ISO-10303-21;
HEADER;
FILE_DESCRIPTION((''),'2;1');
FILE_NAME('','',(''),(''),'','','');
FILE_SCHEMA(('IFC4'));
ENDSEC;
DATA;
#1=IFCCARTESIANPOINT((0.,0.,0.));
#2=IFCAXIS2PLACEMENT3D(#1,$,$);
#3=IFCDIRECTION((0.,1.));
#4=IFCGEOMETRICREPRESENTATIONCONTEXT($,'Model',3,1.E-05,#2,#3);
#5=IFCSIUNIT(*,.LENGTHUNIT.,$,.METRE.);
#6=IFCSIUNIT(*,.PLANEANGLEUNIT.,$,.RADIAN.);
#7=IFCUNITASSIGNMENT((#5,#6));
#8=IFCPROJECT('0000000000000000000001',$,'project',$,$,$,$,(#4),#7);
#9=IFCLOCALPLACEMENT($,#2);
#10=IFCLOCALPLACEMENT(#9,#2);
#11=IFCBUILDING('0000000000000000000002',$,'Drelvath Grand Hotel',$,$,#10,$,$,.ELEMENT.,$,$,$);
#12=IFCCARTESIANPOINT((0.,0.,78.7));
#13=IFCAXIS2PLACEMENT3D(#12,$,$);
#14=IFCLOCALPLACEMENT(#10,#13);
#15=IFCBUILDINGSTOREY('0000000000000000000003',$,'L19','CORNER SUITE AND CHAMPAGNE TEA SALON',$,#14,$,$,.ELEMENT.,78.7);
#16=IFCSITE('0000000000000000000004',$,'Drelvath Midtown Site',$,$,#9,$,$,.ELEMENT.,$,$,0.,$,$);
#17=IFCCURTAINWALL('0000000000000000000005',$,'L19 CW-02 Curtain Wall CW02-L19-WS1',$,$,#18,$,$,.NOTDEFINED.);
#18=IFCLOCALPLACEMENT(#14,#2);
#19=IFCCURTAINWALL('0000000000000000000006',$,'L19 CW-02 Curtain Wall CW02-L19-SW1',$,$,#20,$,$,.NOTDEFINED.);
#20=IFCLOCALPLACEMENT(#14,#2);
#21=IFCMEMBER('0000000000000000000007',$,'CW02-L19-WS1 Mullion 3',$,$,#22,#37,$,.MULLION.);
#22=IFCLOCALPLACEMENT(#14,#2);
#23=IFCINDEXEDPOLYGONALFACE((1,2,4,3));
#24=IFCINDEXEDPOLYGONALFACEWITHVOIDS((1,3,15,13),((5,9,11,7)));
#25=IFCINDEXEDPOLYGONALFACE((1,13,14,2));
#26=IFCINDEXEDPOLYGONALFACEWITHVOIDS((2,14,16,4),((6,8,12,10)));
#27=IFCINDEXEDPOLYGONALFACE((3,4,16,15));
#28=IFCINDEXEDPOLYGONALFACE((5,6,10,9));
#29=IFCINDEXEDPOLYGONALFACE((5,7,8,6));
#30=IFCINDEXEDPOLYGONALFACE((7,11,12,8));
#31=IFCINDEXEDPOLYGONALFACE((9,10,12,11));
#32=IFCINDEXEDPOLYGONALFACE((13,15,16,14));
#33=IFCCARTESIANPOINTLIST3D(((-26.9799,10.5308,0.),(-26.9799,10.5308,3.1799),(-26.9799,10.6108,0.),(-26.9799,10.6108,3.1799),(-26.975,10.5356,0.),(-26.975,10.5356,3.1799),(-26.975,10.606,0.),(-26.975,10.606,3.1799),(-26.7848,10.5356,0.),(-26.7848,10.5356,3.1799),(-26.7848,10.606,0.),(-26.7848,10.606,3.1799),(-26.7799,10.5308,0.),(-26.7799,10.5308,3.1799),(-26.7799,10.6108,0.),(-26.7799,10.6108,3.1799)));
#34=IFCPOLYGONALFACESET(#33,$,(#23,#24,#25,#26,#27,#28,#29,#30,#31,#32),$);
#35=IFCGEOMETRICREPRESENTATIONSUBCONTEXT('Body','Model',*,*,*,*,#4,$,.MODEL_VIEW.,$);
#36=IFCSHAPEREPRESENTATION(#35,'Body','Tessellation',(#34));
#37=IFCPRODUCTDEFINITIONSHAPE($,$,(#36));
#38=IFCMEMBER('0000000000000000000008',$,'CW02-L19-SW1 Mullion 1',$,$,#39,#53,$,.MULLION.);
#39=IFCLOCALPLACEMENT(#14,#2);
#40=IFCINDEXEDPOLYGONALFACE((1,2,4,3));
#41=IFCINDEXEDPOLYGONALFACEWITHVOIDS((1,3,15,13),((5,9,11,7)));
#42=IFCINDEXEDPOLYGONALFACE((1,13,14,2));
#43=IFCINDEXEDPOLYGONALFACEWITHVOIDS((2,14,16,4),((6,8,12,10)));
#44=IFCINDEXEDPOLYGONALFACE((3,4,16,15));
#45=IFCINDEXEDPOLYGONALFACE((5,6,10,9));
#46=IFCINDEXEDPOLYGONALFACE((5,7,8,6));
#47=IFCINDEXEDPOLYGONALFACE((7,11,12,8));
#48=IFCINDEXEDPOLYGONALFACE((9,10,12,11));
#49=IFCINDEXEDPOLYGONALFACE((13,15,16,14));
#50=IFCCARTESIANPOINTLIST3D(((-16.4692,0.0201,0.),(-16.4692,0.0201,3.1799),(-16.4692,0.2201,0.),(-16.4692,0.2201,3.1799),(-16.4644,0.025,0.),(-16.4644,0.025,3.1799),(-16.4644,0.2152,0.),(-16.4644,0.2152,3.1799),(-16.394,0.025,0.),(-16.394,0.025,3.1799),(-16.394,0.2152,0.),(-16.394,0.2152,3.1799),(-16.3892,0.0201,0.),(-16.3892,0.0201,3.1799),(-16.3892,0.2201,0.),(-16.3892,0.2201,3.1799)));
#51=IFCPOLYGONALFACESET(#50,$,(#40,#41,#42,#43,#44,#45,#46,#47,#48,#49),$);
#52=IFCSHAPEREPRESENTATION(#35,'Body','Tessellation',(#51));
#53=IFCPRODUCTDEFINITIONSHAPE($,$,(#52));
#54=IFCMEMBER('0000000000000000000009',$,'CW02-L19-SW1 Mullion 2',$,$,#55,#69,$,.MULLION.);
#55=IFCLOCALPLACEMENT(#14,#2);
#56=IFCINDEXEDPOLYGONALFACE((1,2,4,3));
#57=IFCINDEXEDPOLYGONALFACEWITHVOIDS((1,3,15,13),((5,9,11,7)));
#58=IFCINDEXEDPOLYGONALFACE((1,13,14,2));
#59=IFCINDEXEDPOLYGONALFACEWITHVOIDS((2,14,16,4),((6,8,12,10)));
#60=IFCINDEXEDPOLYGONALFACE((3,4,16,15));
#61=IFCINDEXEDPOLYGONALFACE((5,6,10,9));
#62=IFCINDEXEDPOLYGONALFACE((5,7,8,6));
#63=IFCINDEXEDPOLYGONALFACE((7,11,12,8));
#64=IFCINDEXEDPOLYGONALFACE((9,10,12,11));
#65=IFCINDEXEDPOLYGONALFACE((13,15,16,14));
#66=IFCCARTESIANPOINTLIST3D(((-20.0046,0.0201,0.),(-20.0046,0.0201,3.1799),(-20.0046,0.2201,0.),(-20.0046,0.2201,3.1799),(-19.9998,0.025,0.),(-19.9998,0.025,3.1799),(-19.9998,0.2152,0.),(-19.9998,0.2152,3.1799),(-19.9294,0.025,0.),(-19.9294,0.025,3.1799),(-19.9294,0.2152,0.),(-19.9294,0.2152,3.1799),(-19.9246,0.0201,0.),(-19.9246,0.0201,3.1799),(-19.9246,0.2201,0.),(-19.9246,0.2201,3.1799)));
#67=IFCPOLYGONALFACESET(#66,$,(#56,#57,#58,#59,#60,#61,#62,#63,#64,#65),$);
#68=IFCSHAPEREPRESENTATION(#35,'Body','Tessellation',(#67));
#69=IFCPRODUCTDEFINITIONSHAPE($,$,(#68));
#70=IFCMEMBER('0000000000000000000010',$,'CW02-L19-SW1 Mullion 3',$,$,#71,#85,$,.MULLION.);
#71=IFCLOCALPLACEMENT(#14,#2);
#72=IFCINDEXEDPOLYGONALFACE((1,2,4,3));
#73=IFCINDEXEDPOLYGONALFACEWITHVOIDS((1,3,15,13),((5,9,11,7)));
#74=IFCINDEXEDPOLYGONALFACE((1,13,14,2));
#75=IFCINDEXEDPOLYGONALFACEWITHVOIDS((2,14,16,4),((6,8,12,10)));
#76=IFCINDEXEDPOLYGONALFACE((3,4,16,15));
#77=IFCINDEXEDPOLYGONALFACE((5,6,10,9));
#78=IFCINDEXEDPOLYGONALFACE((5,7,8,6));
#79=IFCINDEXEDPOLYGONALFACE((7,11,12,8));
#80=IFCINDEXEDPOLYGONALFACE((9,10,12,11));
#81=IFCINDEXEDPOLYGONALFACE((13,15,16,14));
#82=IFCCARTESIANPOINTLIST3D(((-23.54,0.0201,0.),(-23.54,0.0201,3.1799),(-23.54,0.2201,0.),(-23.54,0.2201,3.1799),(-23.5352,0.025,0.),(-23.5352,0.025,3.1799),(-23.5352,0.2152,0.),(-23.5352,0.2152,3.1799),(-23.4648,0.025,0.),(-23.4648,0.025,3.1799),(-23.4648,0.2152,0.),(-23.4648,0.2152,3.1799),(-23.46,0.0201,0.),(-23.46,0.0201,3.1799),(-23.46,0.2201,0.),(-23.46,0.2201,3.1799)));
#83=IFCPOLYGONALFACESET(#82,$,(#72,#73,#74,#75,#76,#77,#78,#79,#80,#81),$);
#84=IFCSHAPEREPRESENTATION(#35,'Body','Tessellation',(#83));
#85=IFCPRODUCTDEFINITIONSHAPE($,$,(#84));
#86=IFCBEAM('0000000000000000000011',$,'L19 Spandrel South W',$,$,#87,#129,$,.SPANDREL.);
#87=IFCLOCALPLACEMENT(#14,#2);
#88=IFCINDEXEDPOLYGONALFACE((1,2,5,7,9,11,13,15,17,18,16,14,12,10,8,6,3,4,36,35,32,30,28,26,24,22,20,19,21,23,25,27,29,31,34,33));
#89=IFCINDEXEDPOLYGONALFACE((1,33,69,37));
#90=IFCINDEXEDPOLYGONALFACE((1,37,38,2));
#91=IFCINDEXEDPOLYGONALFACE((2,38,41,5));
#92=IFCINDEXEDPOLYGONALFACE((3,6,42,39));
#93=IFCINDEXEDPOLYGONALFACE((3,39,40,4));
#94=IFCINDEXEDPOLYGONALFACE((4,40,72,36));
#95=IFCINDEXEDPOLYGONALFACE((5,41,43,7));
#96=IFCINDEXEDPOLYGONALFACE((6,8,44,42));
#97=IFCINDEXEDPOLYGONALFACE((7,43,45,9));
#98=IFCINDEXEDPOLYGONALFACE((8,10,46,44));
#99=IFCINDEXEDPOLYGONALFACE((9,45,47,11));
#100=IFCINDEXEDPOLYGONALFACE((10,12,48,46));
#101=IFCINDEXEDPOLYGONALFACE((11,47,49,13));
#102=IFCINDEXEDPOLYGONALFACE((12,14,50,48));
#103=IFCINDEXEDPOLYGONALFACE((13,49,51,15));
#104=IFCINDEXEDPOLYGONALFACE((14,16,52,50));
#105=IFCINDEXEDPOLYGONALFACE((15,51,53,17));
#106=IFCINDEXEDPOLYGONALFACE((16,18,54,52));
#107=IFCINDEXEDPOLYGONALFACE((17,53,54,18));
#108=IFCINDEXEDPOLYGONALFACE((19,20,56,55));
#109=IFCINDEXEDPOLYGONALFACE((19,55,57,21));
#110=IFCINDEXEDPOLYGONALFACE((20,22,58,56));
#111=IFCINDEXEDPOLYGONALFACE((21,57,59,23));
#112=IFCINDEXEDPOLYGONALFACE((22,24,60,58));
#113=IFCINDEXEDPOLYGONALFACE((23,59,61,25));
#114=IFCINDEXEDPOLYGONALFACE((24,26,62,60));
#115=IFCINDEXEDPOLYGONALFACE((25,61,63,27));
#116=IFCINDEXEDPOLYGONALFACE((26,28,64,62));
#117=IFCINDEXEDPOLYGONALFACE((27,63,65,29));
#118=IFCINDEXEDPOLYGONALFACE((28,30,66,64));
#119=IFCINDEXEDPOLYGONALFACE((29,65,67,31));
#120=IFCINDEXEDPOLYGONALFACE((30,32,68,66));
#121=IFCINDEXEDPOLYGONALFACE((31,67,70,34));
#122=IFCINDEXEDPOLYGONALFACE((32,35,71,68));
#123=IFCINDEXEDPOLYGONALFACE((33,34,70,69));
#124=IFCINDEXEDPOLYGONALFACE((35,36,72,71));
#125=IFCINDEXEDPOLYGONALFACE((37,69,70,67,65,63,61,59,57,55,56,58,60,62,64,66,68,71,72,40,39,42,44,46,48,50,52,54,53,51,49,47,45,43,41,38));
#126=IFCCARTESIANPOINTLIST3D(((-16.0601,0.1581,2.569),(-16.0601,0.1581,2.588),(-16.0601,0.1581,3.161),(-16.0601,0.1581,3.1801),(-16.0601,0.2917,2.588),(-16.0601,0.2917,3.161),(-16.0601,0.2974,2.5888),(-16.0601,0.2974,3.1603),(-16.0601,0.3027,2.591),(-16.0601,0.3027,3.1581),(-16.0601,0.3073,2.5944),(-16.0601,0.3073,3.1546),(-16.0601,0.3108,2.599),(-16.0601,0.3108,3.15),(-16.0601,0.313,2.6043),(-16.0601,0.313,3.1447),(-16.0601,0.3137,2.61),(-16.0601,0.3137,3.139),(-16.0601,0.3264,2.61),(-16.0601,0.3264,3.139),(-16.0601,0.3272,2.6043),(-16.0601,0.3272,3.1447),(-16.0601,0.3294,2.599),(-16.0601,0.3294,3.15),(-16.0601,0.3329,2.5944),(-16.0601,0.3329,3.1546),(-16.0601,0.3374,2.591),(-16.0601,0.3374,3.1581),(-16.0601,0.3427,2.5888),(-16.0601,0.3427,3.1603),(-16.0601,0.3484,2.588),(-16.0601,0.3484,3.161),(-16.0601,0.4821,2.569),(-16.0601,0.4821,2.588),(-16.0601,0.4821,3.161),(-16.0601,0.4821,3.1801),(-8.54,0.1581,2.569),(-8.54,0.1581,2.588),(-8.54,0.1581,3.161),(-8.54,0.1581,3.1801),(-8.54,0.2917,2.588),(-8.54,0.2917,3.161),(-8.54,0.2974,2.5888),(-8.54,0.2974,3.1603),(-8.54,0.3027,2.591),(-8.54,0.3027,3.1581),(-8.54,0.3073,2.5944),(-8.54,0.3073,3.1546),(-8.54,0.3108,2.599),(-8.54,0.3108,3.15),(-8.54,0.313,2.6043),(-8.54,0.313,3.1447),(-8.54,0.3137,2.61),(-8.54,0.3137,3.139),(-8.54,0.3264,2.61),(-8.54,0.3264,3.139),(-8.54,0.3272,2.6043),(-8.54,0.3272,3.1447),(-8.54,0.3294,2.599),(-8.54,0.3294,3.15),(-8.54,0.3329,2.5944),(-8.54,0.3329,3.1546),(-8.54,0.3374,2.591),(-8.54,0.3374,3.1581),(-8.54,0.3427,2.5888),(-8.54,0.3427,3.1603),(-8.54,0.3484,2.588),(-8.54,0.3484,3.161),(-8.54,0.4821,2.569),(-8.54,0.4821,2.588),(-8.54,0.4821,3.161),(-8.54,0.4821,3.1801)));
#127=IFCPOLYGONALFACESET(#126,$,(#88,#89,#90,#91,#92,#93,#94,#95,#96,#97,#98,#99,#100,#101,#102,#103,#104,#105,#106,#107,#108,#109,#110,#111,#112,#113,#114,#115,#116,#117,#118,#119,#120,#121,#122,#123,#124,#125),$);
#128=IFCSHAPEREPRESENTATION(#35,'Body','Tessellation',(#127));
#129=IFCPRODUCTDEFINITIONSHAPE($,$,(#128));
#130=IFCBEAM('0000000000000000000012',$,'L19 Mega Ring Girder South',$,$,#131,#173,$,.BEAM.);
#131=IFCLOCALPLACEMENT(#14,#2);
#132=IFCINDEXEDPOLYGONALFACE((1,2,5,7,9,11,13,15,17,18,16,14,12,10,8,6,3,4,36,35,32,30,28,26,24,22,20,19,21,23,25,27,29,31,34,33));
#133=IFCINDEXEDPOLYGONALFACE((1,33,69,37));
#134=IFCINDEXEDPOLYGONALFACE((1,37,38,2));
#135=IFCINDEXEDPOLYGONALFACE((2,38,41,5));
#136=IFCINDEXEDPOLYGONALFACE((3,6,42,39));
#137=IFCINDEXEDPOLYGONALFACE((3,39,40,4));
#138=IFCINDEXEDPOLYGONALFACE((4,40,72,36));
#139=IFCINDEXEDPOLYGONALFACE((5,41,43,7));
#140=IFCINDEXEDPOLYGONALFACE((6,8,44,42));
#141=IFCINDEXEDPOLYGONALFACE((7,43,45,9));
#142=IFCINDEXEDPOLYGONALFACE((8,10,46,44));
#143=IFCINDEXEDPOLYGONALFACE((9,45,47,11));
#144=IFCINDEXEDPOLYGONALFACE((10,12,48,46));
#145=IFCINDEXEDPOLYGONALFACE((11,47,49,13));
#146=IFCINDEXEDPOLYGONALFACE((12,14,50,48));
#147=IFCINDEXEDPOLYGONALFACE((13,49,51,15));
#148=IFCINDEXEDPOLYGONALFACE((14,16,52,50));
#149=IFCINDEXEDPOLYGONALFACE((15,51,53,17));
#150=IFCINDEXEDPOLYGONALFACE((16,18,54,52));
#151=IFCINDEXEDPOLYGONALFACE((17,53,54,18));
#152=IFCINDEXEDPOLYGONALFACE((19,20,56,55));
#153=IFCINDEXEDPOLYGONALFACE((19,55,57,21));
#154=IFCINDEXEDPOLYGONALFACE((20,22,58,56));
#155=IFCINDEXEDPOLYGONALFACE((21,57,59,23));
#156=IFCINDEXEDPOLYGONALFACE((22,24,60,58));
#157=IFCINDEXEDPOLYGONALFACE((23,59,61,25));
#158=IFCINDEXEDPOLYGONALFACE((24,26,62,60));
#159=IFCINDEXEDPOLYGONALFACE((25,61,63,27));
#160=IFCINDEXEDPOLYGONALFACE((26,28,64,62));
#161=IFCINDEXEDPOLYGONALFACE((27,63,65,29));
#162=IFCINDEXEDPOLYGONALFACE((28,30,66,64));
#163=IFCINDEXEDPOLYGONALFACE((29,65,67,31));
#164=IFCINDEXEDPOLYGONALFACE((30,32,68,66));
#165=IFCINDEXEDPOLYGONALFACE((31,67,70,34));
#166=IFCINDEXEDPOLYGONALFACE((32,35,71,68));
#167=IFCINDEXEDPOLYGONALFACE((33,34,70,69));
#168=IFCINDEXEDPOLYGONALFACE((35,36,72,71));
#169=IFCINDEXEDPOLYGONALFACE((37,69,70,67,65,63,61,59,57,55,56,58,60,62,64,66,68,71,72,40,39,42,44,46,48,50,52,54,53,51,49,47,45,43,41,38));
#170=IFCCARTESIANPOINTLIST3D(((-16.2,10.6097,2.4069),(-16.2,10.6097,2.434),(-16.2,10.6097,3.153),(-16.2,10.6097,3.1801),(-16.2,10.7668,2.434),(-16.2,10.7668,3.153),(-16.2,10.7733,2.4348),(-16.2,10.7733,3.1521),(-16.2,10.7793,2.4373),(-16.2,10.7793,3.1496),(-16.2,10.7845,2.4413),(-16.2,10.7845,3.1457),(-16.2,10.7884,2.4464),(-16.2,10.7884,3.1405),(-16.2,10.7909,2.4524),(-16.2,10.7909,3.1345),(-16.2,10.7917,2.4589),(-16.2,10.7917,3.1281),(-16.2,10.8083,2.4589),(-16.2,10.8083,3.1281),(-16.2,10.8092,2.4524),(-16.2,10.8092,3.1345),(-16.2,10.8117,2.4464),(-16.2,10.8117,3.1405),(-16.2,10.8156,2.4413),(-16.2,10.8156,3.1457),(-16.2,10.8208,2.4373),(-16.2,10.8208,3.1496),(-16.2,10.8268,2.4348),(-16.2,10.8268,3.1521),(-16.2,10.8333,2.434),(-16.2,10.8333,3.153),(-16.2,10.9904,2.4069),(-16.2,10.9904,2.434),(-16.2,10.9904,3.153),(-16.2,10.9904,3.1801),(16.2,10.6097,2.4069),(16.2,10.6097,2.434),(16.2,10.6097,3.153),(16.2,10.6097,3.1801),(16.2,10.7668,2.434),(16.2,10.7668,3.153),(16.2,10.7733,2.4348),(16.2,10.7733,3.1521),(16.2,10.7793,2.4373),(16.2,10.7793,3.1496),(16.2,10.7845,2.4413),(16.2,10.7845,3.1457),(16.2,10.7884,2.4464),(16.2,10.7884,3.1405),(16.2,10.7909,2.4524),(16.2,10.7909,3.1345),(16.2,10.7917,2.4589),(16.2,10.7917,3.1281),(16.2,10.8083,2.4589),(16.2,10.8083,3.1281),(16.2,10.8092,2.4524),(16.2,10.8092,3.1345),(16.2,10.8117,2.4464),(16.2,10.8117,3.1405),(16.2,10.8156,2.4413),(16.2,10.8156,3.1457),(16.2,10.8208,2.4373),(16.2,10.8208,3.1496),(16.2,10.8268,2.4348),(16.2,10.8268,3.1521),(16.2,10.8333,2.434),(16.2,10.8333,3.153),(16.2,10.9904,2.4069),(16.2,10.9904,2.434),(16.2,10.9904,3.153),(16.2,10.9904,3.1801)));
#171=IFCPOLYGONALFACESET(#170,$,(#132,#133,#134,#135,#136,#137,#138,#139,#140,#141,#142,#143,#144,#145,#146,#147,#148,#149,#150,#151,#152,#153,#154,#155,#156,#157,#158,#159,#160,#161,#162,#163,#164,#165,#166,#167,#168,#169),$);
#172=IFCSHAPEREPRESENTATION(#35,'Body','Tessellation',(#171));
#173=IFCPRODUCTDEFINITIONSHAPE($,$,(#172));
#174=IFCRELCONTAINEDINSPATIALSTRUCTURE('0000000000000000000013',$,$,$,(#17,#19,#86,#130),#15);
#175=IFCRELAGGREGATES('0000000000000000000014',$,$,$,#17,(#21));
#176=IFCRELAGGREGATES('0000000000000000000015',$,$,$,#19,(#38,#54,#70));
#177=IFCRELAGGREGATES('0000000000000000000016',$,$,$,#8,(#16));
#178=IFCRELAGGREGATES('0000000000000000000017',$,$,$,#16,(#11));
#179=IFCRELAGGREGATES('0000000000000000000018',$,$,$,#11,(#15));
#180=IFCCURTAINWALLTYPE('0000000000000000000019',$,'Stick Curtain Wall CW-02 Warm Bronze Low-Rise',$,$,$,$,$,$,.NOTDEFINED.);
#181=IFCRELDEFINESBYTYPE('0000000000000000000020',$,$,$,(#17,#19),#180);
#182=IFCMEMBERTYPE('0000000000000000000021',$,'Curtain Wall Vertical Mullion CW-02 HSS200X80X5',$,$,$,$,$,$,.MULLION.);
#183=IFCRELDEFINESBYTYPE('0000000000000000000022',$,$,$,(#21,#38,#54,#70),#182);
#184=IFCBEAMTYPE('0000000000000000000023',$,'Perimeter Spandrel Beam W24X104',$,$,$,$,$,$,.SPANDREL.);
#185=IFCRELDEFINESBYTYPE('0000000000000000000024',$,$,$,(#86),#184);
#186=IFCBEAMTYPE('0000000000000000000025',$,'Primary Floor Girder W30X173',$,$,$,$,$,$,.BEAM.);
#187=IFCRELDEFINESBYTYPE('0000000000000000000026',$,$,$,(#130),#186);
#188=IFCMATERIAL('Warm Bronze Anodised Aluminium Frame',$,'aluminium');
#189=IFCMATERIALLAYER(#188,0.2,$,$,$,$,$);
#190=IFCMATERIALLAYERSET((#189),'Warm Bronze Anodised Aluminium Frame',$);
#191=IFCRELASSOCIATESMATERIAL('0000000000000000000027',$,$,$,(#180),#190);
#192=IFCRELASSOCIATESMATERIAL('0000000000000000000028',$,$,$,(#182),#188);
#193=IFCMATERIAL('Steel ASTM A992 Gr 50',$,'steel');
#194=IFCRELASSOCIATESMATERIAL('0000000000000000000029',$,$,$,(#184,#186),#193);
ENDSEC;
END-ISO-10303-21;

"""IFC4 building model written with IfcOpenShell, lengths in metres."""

from ifc_helpers import new_model, si_unit, direction, frame, origin, origin_2d, place, context, subcontext, project, spatial, hollow_rectangle, i_section, extrude, material, layer, layer_set, material_profile, profile_set, type_object, element, aggregate, save


model = new_model("IFC4")

# Units and contexts
model_context = context("Model", 3, precision=1e-05, world=origin(), true_north=direction((0.0, 1.0)))
body_context = subcontext(model_context, "Body", "Model", "MODEL_VIEW")
ifc_project = project(units=[si_unit("LENGTHUNIT", "METRE"), si_unit("PLANEANGLEUNIT", "RADIAN")], contexts=[model_context])

# Site, building, storey
site_placement = place(None, origin())
site = spatial("IfcSite", under=ifc_project, at=site_placement, Name="Drelvath Midtown Site", CompositionType="ELEMENT", RefElevation=0.0)
building_placement = place(site_placement, origin())
building = spatial("IfcBuilding", under=site, at=building_placement, Name="Drelvath Grand Hotel", CompositionType="ELEMENT")
storey_placement = place(building_placement, frame((0.0, 0.0, 78.7)))
storey = spatial("IfcBuildingStorey", under=building, at=storey_placement, Name="L19", Description="CORNER SUITE AND CHAMPAGNE TEA SALON", CompositionType="ELEMENT", Elevation=78.7)

# Curtain walls
ifc_material_1 = material(Name="Warm Bronze Anodised Aluminium Frame", Category="aluminium")
ifc_layer_1 = layer(ifc_material_1, 0.2)
ifc_layer_set_1 = layer_set([ifc_layer_1], Name="Warm Bronze Anodised Aluminium Frame")
curtain_wall_type = type_object("IfcCurtainWallType", Name="Stick Curtain Wall CW-02 Warm Bronze Low-Rise", PredefinedType="NOTDEFINED", material=ifc_layer_set_1)
curtain_wall_1_placement = place(storey_placement, origin())
curtain_wall_1 = element("IfcCurtainWall", 1, at=curtain_wall_1_placement, inside=storey, type_object=curtain_wall_type, Name="L19 CW-02 Curtain Wall CW02-L19-WS1", PredefinedType="NOTDEFINED")
curtain_wall_2_placement = place(storey_placement, origin())
curtain_wall_2 = element("IfcCurtainWall", 2, at=curtain_wall_2_placement, inside=storey, type_object=curtain_wall_type, Name="L19 CW-02 Curtain Wall CW02-L19-SW1", PredefinedType="NOTDEFINED")

# Members
ifc_material_profile_1 = material_profile(ifc_material_1, hollow_rectangle(XDim=0.0801, YDim=0.2, WallThickness=0.0049, at=origin_2d()), Name="HSS200X80X5")
ifc_profile_set_1 = profile_set([ifc_material_profile_1], Name="Warm Bronze Anodised Aluminium Frame")
member_type_1 = type_object("IfcMemberType", Name="Curtain Wall Vertical Mullion CW-02 HSS200X80X5", PredefinedType="MULLION", material=ifc_profile_set_1)
member_1_placement = place(storey_placement, frame((-26.8799, 10.5708, 0.0), z_axis=(0.0, 0.0, 1.0), x_axis=(0.0, 1.0, 0.0)))
member_1 = element("IfcMember", 3, at=member_1_placement, type_object=member_type_1, Name="CW02-L19-WS1 Mullion 3", PredefinedType="MULLION", context=body_context, shape_type="SweptSolid", body=[
    extrude(hollow_rectangle(XDim=0.0801, YDim=0.2, WallThickness=0.0049, at=origin_2d()), origin(), (0.0, 0.0, 1.0), 3.1799),
])
member_2_placement = place(storey_placement, frame((-16.4292, 0.1201, 0.0), z_axis=(0.0, 0.0, 1.0), x_axis=(1.0, 0.0, 0.0)))
member_2 = element("IfcMember", 4, at=member_2_placement, type_object=member_type_1, Name="CW02-L19-SW1 Mullion 1", PredefinedType="MULLION", context=body_context, shape_type="SweptSolid", body=[
    extrude(hollow_rectangle(XDim=0.0801, YDim=0.2, WallThickness=0.0049, at=origin_2d()), origin(), (0.0, 0.0, 1.0), 3.1799),
])
member_3_placement = place(storey_placement, frame((-19.9646, 0.1201, 0.0), z_axis=(0.0, 0.0, 1.0), x_axis=(1.0, 0.0, 0.0)))
member_3 = element("IfcMember", 5, at=member_3_placement, type_object=member_type_1, Name="CW02-L19-SW1 Mullion 2", PredefinedType="MULLION", context=body_context, shape_type="SweptSolid", body=[
    extrude(hollow_rectangle(XDim=0.0801, YDim=0.2, WallThickness=0.0049, at=origin_2d()), origin(), (0.0, 0.0, 1.0), 3.1799),
])
member_4_placement = place(storey_placement, frame((-23.5, 0.1201, 0.0), z_axis=(0.0, 0.0, 1.0), x_axis=(1.0, 0.0, 0.0)))
member_4 = element("IfcMember", 6, at=member_4_placement, type_object=member_type_1, Name="CW02-L19-SW1 Mullion 3", PredefinedType="MULLION", context=body_context, shape_type="SweptSolid", body=[
    extrude(hollow_rectangle(XDim=0.0801, YDim=0.2, WallThickness=0.0049, at=origin_2d()), origin(), (0.0, 0.0, 1.0), 3.1799),
])

# Beams
ifc_material_2 = material(Name="Steel ASTM A992 Gr 50", Category="steel")
ifc_material_profile_2 = material_profile(ifc_material_2, i_section(OverallWidth=0.324, OverallDepth=0.6111, WebThickness=0.0127, FlangeThickness=0.019, FilletRadius=0.022, at=origin_2d()), Name="W24X104")
ifc_profile_set_2 = profile_set([ifc_material_profile_2], Name="Steel ASTM A992 Gr 50")
beam_type_1 = type_object("IfcBeamType", Name="Perimeter Spandrel Beam W24X104", PredefinedType="SPANDREL", material=ifc_profile_set_2)
beam_placement = place(storey_placement, frame((-16.0601, 0.3201, 2.8745), z_axis=(1.0, 0.0, 0.0), x_axis=(0.0, 1.0, 0.0)))
element("IfcBeam", 7, at=beam_placement, inside=storey, type_object=beam_type_1, Name="L19 Spandrel South W", PredefinedType="SPANDREL", context=body_context, shape_type="SweptSolid", body=[
    extrude(i_section(OverallWidth=0.324, OverallDepth=0.6111, WebThickness=0.0127, FlangeThickness=0.019, FilletRadius=0.022, at=origin_2d()), origin(), (0.0, 0.0, 1.0), 7.52),
])
ifc_material_profile_3 = material_profile(ifc_material_2, i_section(OverallWidth=0.3806, OverallDepth=0.7732, WebThickness=0.0166, FlangeThickness=0.0271, FilletRadius=0.0249, at=origin_2d()), Name="W30X173")
ifc_profile_set_3 = profile_set([ifc_material_profile_3], Name="Steel ASTM A992 Gr 50")
beam_type_2 = type_object("IfcBeamType", Name="Primary Floor Girder W30X173", PredefinedType="BEAM", material=ifc_profile_set_3)
for number, where, z_axis, x_axis, name in (
    (8, (-16.2, 10.8, 2.7935), (1.0, 0.0, 0.0), (0.0, 1.0, 0.0), "L19 Mega Ring Girder South"),
):
    element("IfcBeam", number, at=place(storey_placement, frame(where, z_axis=z_axis, x_axis=x_axis)), inside=storey, type_object=beam_type_2, Name=name, PredefinedType="BEAM", context=body_context, shape_type="SweptSolid", body=[
        extrude(i_section(OverallWidth=0.3806, OverallDepth=0.7732, WebThickness=0.0166, FlangeThickness=0.0271, FilletRadius=0.0249, at=origin_2d()), origin(), (0.0, 0.0, 1.0), 32.3999),
    ])

aggregate(curtain_wall_1, [member_1])
aggregate(curtain_wall_2, [member_2, member_3, member_4])

save(model, "model.ifc")
